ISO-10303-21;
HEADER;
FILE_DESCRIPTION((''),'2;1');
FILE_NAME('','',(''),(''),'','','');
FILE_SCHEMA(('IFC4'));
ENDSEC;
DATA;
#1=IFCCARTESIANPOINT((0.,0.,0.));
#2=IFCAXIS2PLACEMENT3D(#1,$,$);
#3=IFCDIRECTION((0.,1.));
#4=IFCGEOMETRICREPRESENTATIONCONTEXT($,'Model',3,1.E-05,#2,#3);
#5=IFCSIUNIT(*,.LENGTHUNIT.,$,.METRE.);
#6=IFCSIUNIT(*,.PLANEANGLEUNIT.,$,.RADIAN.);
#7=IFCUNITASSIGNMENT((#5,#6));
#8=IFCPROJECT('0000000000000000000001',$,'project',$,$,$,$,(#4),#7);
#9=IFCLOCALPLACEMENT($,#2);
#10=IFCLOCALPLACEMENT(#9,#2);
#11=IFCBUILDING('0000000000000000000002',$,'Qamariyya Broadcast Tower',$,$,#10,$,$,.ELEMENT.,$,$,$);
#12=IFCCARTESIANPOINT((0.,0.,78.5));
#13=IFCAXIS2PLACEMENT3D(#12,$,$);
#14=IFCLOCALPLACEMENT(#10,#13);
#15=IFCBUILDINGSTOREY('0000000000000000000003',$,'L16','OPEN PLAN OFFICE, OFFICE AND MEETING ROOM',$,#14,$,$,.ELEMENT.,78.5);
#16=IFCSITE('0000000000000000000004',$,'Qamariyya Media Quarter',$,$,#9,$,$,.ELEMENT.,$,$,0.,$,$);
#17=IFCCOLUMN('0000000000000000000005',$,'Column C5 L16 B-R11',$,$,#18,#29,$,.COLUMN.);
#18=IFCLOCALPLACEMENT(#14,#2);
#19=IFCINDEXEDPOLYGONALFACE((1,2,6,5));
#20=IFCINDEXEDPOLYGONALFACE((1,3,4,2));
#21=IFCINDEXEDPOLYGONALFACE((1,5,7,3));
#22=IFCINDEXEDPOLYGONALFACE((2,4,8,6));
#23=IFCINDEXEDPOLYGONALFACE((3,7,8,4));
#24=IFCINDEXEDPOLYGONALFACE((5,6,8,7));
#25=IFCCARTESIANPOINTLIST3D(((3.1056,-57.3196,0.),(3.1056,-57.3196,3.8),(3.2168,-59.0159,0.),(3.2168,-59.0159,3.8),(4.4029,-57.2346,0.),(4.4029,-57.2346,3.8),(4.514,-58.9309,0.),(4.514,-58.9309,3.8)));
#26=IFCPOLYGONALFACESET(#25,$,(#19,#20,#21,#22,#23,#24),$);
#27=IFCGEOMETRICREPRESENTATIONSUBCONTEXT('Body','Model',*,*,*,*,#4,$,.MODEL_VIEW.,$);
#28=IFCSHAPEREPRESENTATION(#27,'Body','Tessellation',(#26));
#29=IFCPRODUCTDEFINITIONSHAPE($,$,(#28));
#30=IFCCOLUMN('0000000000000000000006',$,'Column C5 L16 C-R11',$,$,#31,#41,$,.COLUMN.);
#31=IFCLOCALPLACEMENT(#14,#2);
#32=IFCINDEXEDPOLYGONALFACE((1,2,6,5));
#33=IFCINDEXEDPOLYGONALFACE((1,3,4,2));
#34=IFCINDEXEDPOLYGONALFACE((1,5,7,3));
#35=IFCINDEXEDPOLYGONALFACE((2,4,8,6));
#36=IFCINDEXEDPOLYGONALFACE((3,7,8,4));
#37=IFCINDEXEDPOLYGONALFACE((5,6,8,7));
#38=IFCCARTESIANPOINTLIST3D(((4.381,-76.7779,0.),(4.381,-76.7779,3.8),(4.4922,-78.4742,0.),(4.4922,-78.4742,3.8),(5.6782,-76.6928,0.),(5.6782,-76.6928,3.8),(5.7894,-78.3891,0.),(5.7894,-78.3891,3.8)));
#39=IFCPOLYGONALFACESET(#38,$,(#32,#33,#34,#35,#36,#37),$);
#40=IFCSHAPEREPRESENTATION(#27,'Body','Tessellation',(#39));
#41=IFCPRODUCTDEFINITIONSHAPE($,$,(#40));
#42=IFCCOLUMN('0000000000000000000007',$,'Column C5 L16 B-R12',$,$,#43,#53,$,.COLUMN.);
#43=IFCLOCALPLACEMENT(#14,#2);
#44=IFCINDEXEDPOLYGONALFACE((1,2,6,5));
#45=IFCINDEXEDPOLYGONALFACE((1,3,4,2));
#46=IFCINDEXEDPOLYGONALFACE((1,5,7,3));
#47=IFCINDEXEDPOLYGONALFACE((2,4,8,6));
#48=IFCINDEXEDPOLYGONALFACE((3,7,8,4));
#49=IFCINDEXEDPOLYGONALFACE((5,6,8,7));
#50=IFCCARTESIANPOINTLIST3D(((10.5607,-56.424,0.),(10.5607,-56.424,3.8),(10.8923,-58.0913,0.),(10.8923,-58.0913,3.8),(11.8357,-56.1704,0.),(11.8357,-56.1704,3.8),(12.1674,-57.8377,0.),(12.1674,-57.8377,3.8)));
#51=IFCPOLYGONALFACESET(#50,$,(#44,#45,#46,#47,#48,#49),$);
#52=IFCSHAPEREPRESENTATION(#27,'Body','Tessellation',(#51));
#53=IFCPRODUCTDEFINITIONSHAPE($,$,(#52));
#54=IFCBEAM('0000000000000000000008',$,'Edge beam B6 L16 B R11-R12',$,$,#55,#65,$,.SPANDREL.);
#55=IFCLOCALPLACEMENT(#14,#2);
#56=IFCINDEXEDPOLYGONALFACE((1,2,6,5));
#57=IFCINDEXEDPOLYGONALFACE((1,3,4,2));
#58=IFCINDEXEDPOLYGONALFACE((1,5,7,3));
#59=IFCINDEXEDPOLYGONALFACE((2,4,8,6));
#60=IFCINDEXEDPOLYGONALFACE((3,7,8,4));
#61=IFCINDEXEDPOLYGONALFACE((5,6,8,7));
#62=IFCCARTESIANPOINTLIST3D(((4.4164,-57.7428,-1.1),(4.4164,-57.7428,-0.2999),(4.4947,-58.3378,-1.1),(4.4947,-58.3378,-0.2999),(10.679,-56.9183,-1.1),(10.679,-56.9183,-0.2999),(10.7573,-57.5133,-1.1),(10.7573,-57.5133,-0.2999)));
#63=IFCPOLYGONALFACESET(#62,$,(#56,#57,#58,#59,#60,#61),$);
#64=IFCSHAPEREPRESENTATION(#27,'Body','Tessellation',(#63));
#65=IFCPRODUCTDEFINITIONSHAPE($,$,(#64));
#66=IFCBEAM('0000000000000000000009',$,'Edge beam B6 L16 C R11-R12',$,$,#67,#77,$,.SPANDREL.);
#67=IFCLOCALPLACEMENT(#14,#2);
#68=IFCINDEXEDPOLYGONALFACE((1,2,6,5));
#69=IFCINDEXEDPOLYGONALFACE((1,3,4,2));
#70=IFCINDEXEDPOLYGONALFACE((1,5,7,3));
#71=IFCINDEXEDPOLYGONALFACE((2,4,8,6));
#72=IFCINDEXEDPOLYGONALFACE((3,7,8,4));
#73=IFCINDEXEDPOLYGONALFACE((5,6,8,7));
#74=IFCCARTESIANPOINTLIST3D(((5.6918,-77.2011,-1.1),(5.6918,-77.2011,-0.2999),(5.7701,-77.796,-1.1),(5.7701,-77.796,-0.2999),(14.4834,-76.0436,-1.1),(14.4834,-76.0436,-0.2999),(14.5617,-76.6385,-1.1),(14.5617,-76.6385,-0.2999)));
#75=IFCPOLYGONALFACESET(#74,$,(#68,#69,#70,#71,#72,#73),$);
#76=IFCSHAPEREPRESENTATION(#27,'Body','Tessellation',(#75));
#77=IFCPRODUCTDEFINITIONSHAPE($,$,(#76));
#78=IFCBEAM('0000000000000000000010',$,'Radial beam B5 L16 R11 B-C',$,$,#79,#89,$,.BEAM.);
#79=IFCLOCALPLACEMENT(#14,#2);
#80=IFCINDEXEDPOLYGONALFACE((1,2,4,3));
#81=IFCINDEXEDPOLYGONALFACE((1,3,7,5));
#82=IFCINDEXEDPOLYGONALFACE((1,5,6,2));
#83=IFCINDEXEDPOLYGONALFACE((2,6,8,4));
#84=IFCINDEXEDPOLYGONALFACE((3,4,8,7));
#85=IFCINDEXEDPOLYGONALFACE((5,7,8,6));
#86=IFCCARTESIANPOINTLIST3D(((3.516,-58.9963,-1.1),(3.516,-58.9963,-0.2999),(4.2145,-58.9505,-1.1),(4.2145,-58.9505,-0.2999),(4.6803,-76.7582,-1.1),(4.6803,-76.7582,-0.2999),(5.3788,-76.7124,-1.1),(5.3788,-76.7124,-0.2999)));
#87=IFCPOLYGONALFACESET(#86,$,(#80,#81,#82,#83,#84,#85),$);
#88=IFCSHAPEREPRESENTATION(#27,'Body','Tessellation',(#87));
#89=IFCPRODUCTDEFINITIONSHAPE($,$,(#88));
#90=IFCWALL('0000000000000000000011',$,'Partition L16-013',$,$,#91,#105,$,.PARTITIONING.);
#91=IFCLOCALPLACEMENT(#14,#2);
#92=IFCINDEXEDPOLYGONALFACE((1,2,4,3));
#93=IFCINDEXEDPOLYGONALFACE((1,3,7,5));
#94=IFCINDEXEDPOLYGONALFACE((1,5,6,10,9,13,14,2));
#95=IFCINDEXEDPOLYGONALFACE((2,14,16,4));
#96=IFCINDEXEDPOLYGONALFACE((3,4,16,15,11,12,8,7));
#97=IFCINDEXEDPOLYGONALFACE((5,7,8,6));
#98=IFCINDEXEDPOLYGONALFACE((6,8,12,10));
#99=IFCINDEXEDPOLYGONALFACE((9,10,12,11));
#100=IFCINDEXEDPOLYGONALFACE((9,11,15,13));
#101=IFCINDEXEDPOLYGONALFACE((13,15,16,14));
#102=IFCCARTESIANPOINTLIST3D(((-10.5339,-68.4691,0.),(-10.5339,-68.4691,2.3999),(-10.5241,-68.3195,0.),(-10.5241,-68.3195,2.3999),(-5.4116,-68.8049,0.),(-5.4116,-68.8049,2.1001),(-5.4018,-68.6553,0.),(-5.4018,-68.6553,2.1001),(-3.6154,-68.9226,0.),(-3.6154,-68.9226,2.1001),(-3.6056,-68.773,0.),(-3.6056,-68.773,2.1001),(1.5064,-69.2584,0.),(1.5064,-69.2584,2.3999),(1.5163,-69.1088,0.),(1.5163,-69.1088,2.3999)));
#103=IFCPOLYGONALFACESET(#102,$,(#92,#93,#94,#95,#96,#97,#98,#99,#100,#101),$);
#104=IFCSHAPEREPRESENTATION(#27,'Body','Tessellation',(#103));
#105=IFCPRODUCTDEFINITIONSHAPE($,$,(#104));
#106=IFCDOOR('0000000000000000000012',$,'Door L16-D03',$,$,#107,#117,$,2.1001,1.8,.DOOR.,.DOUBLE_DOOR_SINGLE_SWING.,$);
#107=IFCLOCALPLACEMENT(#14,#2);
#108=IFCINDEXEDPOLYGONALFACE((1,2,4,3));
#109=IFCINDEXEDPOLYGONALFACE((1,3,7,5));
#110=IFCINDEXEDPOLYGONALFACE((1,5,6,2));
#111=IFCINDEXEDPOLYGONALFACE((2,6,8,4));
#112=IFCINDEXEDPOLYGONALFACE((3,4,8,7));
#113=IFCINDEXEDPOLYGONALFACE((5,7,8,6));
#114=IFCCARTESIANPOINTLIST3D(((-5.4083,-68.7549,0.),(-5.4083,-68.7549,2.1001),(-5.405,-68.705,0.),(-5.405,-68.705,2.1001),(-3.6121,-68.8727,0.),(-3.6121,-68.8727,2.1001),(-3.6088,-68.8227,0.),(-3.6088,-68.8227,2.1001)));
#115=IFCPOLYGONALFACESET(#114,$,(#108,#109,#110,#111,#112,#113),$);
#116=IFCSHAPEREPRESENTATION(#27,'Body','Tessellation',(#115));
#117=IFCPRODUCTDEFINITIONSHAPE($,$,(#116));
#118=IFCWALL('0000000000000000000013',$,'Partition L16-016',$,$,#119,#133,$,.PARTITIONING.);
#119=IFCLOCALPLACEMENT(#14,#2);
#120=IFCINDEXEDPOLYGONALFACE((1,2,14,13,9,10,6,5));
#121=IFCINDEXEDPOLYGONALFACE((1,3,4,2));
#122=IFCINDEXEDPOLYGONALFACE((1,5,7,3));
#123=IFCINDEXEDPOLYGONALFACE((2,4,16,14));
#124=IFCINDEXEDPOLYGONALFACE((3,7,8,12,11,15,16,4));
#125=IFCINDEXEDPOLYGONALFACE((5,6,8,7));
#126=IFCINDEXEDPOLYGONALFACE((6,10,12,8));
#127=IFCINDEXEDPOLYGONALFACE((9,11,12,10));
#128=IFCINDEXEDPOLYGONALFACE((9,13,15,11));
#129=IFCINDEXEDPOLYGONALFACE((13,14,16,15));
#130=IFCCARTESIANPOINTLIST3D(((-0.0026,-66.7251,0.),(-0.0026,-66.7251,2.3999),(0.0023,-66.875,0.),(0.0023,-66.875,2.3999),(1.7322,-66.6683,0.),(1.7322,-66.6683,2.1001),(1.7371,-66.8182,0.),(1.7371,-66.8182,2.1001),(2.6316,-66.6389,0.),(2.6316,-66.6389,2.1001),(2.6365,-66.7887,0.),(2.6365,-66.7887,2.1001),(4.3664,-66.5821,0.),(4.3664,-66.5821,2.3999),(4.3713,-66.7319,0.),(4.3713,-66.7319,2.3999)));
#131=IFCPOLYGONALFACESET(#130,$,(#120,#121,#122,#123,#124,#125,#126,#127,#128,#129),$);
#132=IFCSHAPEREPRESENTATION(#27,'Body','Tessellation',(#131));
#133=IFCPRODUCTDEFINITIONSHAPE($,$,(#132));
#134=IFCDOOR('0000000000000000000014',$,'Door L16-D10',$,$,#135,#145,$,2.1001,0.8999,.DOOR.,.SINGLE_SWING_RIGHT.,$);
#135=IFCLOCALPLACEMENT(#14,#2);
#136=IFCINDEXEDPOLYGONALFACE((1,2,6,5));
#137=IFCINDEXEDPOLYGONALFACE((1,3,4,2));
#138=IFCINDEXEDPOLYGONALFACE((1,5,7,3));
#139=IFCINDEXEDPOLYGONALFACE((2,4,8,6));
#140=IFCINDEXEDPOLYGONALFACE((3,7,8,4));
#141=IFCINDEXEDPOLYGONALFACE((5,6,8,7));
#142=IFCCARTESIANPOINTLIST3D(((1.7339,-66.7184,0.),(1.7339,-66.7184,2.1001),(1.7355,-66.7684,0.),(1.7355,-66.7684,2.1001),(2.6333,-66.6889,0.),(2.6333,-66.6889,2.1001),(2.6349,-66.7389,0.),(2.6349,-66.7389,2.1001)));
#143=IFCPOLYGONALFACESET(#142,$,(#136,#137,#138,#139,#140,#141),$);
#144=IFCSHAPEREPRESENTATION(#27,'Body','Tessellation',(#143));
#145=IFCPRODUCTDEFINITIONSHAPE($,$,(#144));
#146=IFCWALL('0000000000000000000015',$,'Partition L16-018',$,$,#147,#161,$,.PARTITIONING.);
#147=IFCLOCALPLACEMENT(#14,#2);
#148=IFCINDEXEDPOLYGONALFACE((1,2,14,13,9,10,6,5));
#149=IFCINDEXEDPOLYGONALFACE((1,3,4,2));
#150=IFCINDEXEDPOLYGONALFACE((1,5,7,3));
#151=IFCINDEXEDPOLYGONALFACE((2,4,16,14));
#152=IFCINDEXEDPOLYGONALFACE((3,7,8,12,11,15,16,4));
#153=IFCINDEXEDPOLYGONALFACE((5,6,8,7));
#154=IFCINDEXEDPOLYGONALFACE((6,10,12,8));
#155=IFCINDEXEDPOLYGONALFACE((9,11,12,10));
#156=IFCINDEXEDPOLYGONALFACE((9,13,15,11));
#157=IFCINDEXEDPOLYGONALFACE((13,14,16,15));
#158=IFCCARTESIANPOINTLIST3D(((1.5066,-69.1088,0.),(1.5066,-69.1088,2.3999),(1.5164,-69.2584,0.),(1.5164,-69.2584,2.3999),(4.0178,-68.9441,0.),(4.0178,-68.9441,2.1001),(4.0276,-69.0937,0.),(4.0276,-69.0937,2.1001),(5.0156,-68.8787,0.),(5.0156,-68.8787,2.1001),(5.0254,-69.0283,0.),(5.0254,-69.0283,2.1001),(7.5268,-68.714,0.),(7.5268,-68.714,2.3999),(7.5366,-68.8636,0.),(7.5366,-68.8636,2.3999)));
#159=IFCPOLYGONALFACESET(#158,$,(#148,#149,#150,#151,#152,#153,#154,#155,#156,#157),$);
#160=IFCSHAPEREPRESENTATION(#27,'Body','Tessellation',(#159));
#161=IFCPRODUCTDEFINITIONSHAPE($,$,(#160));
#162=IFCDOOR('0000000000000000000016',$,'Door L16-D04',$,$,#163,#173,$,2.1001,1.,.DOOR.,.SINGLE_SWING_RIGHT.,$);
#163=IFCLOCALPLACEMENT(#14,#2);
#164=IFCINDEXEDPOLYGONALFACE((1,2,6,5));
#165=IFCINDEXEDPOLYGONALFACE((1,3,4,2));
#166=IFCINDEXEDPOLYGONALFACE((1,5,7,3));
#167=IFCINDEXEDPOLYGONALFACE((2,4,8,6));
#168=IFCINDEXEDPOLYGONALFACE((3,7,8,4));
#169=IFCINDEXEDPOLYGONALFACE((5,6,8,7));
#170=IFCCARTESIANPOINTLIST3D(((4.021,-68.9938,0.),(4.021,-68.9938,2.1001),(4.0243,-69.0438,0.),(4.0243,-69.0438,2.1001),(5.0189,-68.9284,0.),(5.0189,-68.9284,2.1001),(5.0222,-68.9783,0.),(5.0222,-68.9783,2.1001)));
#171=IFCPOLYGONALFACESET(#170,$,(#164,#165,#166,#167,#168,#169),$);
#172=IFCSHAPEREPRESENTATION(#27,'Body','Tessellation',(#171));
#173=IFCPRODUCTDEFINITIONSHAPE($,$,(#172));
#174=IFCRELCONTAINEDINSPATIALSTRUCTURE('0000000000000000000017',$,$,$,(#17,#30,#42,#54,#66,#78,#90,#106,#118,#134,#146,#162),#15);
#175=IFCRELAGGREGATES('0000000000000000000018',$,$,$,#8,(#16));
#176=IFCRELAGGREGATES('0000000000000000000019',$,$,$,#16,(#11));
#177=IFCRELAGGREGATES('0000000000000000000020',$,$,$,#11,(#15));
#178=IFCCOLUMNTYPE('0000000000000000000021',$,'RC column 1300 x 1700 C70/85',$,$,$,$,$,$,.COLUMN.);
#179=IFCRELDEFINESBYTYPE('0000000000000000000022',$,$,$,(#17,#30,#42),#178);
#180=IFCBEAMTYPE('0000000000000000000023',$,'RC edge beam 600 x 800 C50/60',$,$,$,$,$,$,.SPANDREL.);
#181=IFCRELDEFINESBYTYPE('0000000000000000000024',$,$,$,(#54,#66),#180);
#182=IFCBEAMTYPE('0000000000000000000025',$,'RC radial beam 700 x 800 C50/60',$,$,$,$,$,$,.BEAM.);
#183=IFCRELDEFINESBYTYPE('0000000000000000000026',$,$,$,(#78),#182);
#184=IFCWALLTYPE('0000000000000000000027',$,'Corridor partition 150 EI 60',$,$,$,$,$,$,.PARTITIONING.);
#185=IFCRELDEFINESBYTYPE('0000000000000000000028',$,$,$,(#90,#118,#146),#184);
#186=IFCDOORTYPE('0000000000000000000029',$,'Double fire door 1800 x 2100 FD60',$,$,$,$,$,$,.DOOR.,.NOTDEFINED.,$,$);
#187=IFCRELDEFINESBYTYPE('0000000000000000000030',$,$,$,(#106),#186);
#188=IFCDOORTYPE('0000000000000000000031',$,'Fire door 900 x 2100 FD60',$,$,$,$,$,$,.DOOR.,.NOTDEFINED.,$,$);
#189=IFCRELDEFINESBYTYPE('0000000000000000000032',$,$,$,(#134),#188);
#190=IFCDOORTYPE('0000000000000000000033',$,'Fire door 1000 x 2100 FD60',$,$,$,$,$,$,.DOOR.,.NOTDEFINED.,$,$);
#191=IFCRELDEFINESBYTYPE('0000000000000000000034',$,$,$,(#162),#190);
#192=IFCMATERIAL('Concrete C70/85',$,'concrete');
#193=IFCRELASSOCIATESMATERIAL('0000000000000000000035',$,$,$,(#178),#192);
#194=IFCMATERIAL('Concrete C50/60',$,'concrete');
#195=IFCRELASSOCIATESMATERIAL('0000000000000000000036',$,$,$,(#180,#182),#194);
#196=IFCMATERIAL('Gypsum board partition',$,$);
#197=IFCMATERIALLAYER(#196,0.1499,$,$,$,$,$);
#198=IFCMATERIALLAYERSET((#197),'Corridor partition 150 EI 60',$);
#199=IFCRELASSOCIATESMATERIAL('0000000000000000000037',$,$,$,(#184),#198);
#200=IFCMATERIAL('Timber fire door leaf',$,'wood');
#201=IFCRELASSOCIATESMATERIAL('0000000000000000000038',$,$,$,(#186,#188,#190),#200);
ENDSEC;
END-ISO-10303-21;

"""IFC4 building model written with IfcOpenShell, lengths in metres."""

from ifc_helpers import new_model, si_unit, direction, frame, frame_2d, origin, origin_2d, place, context, subcontext, project, spatial, rectangle, extrude, material, layer, layer_set, material_profile, profile_set, type_object, element, fill, save


model = new_model("IFC4")

# Units and contexts
model_context = context("Model", 3, precision=1e-05, world=origin(), true_north=direction((0.0, 1.0)))
body_context = subcontext(model_context, "Body", "Model", "MODEL_VIEW")
ifc_project = project(units=[si_unit("LENGTHUNIT", "METRE"), si_unit("PLANEANGLEUNIT", "RADIAN")], contexts=[model_context])

# Site, building, storey
site_placement = place(None, origin())
site = spatial("IfcSite", under=ifc_project, at=site_placement, Name="Qamariyya Media Quarter", CompositionType="ELEMENT", RefElevation=0.0)
building_placement = place(site_placement, origin())
building = spatial("IfcBuilding", under=site, at=building_placement, Name="Qamariyya Broadcast Tower", CompositionType="ELEMENT")
storey_placement = place(building_placement, frame((0.0, 0.0, 78.5)))
storey = spatial("IfcBuildingStorey", under=building, at=storey_placement, Name="L16", Description="OPEN PLAN OFFICE, OFFICE AND MEETING ROOM", CompositionType="ELEMENT", Elevation=78.5)

# Columns
ifc_material_1 = material(Name="Concrete C70/85", Category="concrete")
ifc_material_profile_1 = material_profile(ifc_material_1, rectangle(XDim=1.3, YDim=1.7, at=origin_2d()))
ifc_profile_set_1 = profile_set([ifc_material_profile_1], Name="Concrete C70/85")
column_type = type_object("IfcColumnType", Name="RC column 1300 x 1700 C70/85", PredefinedType="COLUMN", material=ifc_profile_set_1)
for number, where, z_axis, x_axis, name in (
    (1, (3.8098, -58.1252, 0.0), (0.0, 0.0, 1.0), (0.997859, 0.065403, 0.0), "Column C5 L16 B-R11"),
    (2, (5.0852, -77.5835, 0.0), (0.0, 0.0, 1.0), (0.997859, 0.065403, 0.0), "Column C5 L16 C-R11"),
    (3, (11.364, -57.1309, 0.0), (0.0, 0.0, 1.0), (0.980785, 0.19509, 0.0), "Column C5 L16 B-R12"),
):
    element("IfcColumn", number, at=place(storey_placement, frame(where, z_axis=z_axis, x_axis=x_axis)), inside=storey, type_object=column_type, Name=name, PredefinedType="COLUMN", context=body_context, shape_type="SweptSolid", body=[
        extrude(rectangle(XDim=1.3, YDim=1.7, at=origin_2d()), origin(), (0.0, 0.0, 1.0), 3.8),
    ])

# Beams
ifc_material_2 = material(Name="Concrete C50/60", Category="concrete")
ifc_material_profile_2 = material_profile(ifc_material_2, rectangle(XDim=0.6001, YDim=0.8, at=origin_2d()))
ifc_profile_set_2 = profile_set([ifc_material_profile_2], Name="Concrete C50/60")
beam_type_1 = type_object("IfcBeamType", Name="RC edge beam 600 x 800 C50/60", PredefinedType="SPANDREL", material=ifc_profile_set_2)
beam_1_placement = place(storey_placement, frame((4.4556, -58.0403, -0.7), z_axis=(0.991446, 0.13052, 0.0), x_axis=(-0.13052, 0.991446, 0.0)))
element("IfcBeam", 4, at=beam_1_placement, inside=storey, type_object=beam_type_1, Name="Edge beam B6 L16 B R11-R12", PredefinedType="SPANDREL", context=body_context, shape_type="SweptSolid", body=[
    extrude(rectangle(XDim=0.6001, YDim=0.8, at=origin_2d()), origin(), (0.0, 0.0, 1.0), 6.3167),
])
beam_2_placement = place(storey_placement, frame((5.731, -77.4985, -0.7), z_axis=(0.991444, 0.130531, 0.0), x_axis=(-0.130531, 0.991444, 0.0)))
element("IfcBeam", 5, at=beam_2_placement, inside=storey, type_object=beam_type_1, Name="Edge beam B6 L16 C R11-R12", PredefinedType="SPANDREL", context=body_context, shape_type="SweptSolid", body=[
    extrude(rectangle(XDim=0.6001, YDim=0.8, at=origin_2d()), origin(), (0.0, 0.0, 1.0), 8.8674),
])
ifc_material_profile_3 = material_profile(ifc_material_2, rectangle(XDim=0.7, YDim=0.8, at=origin_2d()))
ifc_profile_set_3 = profile_set([ifc_material_profile_3], Name="Concrete C50/60")
beam_type_2 = type_object("IfcBeamType", Name="RC radial beam 700 x 800 C50/60", PredefinedType="BEAM", material=ifc_profile_set_3)
beam_3_placement = place(storey_placement, frame((3.8652, -58.9734, -0.7), z_axis=(0.06541, -0.997858, 0.0), x_axis=(0.997858, 0.06541, 0.0)))
element("IfcBeam", 6, at=beam_3_placement, inside=storey, type_object=beam_type_2, Name="Radial beam B5 L16 R11 B-C", PredefinedType="BEAM", context=body_context, shape_type="SweptSolid", body=[
    extrude(rectangle(XDim=0.7, YDim=0.8, at=origin_2d()), origin(), (0.0, 0.0, 1.0), 17.8),
])

# Walls, openings, doors
ifc_material_3 = material(Name="Gypsum board partition")
ifc_layer_1 = layer(ifc_material_3, 0.1499)
ifc_layer_set_1 = layer_set([ifc_layer_1], Name="Corridor partition 150 EI 60")
wall_type_1 = type_object("IfcWallType", Name="Corridor partition 150 EI 60", PredefinedType="PARTITIONING", material=ifc_layer_set_1)
wall_1_placement = place(storey_placement, frame((1.5115, -69.1836, 0.0), z_axis=(0.0, 0.0, 1.0), x_axis=(-0.997858, 0.065415, 0.0)))
wall_1 = element("IfcWall", 7, at=wall_1_placement, inside=storey, type_object=wall_type_1, Name="Partition L16-013", PredefinedType="PARTITIONING", context=body_context, shape_type="SweptSolid", body=[
    extrude(rectangle(XDim=12.0662, YDim=0.1499, at=frame_2d((6.0332, 0.0))), origin(), (0.0, 0.0, 1.0), 2.3999),
])
opening_1_placement = place(wall_1_placement, frame((5.1331, 0.0, 0.0)))
opening_1 = element("IfcOpeningElement", 8, at=opening_1_placement, cuts=wall_1, PredefinedType="OPENING", context=body_context, shape_type="SweptSolid", body=[
    extrude(rectangle(XDim=1.8, YDim=2.1001, at=frame_2d((0.8999, 1.05))), frame((0.0, 0.085, 0.0), z_axis=(0.0, -1.0, 0.0), x_axis=(1.0, 0.0, 0.0)), (0.0, 0.0, 1.0), 0.1699),
])
ifc_material_4 = material(Name="Timber fire door leaf", Category="wood")
door_type_1 = type_object("IfcDoorType", Name="Double fire door 1800 x 2100 FD60", OperationType="NOTDEFINED", PredefinedType="DOOR", material=ifc_material_4)
door_1_placement = place(opening_1_placement, origin())
door_1 = element("IfcDoor", 9, at=door_1_placement, inside=storey, type_object=door_type_1, Name="Door L16-D03", OperationType="DOUBLE_DOOR_SINGLE_SWING", OverallHeight=2.1001, OverallWidth=1.8, PredefinedType="DOOR", context=body_context, shape_type="SweptSolid", body=[
    extrude(rectangle(XDim=1.8, YDim=2.1001, at=frame_2d((0.8999, 1.05))), frame((0.0, 0.0249, 0.0), z_axis=(0.0, -1.0, 0.0), x_axis=(1.0, 0.0, 0.0)), (0.0, 0.0, 1.0), 0.05),
])
fill(opening_1, door_1)
wall_2_placement = place(storey_placement, frame((0.0, -66.8, 0.0), z_axis=(0.0, 0.0, 1.0), x_axis=(0.999464, 0.032729, 0.0)))
wall_2 = element("IfcWall", 10, at=wall_2_placement, inside=storey, type_object=wall_type_1, Name="Partition L16-016", PredefinedType="PARTITIONING", context=body_context, shape_type="SweptSolid", body=[
    extrude(rectangle(XDim=4.3713, YDim=0.1499, at=frame_2d((2.1855, 0.0))), origin(), (0.0, 0.0, 1.0), 2.3999),
])
opening_2_placement = place(wall_2_placement, frame((1.7356, 0.0, 0.0)))
opening_2 = element("IfcOpeningElement", 11, at=opening_2_placement, cuts=wall_2, PredefinedType="OPENING", context=body_context, shape_type="SweptSolid", body=[
    extrude(rectangle(XDim=0.8999, YDim=2.1001, at=frame_2d((0.45, 1.05))), frame((0.0, 0.085, 0.0), z_axis=(0.0, -1.0, 0.0), x_axis=(1.0, 0.0, 0.0)), (0.0, 0.0, 1.0), 0.1699),
])
door_type_2 = type_object("IfcDoorType", Name="Fire door 900 x 2100 FD60", OperationType="NOTDEFINED", PredefinedType="DOOR", material=ifc_material_4)
door_2_placement = place(opening_2_placement, origin())
door_2 = element("IfcDoor", 12, at=door_2_placement, inside=storey, type_object=door_type_2, Name="Door L16-D10", OperationType="SINGLE_SWING_RIGHT", OverallHeight=2.1001, OverallWidth=0.8999, PredefinedType="DOOR", context=body_context, shape_type="SweptSolid", body=[
    extrude(rectangle(XDim=0.8999, YDim=2.1001, at=frame_2d((0.45, 1.05))), frame((0.0, 0.0249, 0.0), z_axis=(0.0, -1.0, 0.0), x_axis=(1.0, 0.0, 0.0)), (0.0, 0.0, 1.0), 0.05),
])
fill(opening_2, door_2)
wall_3_placement = place(storey_placement, frame((7.5317, -68.7888, 0.0), z_axis=(0.0, 0.0, 1.0), x_axis=(-0.997857, -0.065434, 0.0)))
wall_3 = element("IfcWall", 13, at=wall_3_placement, inside=storey, type_object=wall_type_1, Name="Partition L16-018", PredefinedType="PARTITIONING", context=body_context, shape_type="SweptSolid", body=[
    extrude(rectangle(XDim=6.0332, YDim=0.1499, at=frame_2d((3.0166, 0.0))), origin(), (0.0, 0.0, 1.0), 2.3999),
])
opening_3_placement = place(wall_3_placement, frame((2.5166, 0.0, 0.0)))
opening_3 = element("IfcOpeningElement", 14, at=opening_3_placement, cuts=wall_3, PredefinedType="OPENING", context=body_context, shape_type="SweptSolid", body=[
    extrude(rectangle(XDim=1.0, YDim=2.1001, at=frame_2d((0.5, 1.05))), frame((0.0, 0.085, 0.0), z_axis=(0.0, -1.0, 0.0), x_axis=(1.0, 0.0, 0.0)), (0.0, 0.0, 1.0), 0.1699),
])
door_type_3 = type_object("IfcDoorType", Name="Fire door 1000 x 2100 FD60", OperationType="NOTDEFINED", PredefinedType="DOOR", material=ifc_material_4)
door_3_placement = place(opening_3_placement, origin())
door_3 = element("IfcDoor", 15, at=door_3_placement, inside=storey, type_object=door_type_3, Name="Door L16-D04", OperationType="SINGLE_SWING_RIGHT", OverallHeight=2.1001, OverallWidth=1.0, PredefinedType="DOOR", context=body_context, shape_type="SweptSolid", body=[
    extrude(rectangle(XDim=1.0, YDim=2.1001, at=frame_2d((0.5, 1.05))), frame((0.0, 0.0249, 0.0), z_axis=(0.0, -1.0, 0.0), x_axis=(1.0, 0.0, 0.0)), (0.0, 0.0, 1.0), 0.05),
])
fill(opening_3, door_3)

save(model, "model.ifc")
